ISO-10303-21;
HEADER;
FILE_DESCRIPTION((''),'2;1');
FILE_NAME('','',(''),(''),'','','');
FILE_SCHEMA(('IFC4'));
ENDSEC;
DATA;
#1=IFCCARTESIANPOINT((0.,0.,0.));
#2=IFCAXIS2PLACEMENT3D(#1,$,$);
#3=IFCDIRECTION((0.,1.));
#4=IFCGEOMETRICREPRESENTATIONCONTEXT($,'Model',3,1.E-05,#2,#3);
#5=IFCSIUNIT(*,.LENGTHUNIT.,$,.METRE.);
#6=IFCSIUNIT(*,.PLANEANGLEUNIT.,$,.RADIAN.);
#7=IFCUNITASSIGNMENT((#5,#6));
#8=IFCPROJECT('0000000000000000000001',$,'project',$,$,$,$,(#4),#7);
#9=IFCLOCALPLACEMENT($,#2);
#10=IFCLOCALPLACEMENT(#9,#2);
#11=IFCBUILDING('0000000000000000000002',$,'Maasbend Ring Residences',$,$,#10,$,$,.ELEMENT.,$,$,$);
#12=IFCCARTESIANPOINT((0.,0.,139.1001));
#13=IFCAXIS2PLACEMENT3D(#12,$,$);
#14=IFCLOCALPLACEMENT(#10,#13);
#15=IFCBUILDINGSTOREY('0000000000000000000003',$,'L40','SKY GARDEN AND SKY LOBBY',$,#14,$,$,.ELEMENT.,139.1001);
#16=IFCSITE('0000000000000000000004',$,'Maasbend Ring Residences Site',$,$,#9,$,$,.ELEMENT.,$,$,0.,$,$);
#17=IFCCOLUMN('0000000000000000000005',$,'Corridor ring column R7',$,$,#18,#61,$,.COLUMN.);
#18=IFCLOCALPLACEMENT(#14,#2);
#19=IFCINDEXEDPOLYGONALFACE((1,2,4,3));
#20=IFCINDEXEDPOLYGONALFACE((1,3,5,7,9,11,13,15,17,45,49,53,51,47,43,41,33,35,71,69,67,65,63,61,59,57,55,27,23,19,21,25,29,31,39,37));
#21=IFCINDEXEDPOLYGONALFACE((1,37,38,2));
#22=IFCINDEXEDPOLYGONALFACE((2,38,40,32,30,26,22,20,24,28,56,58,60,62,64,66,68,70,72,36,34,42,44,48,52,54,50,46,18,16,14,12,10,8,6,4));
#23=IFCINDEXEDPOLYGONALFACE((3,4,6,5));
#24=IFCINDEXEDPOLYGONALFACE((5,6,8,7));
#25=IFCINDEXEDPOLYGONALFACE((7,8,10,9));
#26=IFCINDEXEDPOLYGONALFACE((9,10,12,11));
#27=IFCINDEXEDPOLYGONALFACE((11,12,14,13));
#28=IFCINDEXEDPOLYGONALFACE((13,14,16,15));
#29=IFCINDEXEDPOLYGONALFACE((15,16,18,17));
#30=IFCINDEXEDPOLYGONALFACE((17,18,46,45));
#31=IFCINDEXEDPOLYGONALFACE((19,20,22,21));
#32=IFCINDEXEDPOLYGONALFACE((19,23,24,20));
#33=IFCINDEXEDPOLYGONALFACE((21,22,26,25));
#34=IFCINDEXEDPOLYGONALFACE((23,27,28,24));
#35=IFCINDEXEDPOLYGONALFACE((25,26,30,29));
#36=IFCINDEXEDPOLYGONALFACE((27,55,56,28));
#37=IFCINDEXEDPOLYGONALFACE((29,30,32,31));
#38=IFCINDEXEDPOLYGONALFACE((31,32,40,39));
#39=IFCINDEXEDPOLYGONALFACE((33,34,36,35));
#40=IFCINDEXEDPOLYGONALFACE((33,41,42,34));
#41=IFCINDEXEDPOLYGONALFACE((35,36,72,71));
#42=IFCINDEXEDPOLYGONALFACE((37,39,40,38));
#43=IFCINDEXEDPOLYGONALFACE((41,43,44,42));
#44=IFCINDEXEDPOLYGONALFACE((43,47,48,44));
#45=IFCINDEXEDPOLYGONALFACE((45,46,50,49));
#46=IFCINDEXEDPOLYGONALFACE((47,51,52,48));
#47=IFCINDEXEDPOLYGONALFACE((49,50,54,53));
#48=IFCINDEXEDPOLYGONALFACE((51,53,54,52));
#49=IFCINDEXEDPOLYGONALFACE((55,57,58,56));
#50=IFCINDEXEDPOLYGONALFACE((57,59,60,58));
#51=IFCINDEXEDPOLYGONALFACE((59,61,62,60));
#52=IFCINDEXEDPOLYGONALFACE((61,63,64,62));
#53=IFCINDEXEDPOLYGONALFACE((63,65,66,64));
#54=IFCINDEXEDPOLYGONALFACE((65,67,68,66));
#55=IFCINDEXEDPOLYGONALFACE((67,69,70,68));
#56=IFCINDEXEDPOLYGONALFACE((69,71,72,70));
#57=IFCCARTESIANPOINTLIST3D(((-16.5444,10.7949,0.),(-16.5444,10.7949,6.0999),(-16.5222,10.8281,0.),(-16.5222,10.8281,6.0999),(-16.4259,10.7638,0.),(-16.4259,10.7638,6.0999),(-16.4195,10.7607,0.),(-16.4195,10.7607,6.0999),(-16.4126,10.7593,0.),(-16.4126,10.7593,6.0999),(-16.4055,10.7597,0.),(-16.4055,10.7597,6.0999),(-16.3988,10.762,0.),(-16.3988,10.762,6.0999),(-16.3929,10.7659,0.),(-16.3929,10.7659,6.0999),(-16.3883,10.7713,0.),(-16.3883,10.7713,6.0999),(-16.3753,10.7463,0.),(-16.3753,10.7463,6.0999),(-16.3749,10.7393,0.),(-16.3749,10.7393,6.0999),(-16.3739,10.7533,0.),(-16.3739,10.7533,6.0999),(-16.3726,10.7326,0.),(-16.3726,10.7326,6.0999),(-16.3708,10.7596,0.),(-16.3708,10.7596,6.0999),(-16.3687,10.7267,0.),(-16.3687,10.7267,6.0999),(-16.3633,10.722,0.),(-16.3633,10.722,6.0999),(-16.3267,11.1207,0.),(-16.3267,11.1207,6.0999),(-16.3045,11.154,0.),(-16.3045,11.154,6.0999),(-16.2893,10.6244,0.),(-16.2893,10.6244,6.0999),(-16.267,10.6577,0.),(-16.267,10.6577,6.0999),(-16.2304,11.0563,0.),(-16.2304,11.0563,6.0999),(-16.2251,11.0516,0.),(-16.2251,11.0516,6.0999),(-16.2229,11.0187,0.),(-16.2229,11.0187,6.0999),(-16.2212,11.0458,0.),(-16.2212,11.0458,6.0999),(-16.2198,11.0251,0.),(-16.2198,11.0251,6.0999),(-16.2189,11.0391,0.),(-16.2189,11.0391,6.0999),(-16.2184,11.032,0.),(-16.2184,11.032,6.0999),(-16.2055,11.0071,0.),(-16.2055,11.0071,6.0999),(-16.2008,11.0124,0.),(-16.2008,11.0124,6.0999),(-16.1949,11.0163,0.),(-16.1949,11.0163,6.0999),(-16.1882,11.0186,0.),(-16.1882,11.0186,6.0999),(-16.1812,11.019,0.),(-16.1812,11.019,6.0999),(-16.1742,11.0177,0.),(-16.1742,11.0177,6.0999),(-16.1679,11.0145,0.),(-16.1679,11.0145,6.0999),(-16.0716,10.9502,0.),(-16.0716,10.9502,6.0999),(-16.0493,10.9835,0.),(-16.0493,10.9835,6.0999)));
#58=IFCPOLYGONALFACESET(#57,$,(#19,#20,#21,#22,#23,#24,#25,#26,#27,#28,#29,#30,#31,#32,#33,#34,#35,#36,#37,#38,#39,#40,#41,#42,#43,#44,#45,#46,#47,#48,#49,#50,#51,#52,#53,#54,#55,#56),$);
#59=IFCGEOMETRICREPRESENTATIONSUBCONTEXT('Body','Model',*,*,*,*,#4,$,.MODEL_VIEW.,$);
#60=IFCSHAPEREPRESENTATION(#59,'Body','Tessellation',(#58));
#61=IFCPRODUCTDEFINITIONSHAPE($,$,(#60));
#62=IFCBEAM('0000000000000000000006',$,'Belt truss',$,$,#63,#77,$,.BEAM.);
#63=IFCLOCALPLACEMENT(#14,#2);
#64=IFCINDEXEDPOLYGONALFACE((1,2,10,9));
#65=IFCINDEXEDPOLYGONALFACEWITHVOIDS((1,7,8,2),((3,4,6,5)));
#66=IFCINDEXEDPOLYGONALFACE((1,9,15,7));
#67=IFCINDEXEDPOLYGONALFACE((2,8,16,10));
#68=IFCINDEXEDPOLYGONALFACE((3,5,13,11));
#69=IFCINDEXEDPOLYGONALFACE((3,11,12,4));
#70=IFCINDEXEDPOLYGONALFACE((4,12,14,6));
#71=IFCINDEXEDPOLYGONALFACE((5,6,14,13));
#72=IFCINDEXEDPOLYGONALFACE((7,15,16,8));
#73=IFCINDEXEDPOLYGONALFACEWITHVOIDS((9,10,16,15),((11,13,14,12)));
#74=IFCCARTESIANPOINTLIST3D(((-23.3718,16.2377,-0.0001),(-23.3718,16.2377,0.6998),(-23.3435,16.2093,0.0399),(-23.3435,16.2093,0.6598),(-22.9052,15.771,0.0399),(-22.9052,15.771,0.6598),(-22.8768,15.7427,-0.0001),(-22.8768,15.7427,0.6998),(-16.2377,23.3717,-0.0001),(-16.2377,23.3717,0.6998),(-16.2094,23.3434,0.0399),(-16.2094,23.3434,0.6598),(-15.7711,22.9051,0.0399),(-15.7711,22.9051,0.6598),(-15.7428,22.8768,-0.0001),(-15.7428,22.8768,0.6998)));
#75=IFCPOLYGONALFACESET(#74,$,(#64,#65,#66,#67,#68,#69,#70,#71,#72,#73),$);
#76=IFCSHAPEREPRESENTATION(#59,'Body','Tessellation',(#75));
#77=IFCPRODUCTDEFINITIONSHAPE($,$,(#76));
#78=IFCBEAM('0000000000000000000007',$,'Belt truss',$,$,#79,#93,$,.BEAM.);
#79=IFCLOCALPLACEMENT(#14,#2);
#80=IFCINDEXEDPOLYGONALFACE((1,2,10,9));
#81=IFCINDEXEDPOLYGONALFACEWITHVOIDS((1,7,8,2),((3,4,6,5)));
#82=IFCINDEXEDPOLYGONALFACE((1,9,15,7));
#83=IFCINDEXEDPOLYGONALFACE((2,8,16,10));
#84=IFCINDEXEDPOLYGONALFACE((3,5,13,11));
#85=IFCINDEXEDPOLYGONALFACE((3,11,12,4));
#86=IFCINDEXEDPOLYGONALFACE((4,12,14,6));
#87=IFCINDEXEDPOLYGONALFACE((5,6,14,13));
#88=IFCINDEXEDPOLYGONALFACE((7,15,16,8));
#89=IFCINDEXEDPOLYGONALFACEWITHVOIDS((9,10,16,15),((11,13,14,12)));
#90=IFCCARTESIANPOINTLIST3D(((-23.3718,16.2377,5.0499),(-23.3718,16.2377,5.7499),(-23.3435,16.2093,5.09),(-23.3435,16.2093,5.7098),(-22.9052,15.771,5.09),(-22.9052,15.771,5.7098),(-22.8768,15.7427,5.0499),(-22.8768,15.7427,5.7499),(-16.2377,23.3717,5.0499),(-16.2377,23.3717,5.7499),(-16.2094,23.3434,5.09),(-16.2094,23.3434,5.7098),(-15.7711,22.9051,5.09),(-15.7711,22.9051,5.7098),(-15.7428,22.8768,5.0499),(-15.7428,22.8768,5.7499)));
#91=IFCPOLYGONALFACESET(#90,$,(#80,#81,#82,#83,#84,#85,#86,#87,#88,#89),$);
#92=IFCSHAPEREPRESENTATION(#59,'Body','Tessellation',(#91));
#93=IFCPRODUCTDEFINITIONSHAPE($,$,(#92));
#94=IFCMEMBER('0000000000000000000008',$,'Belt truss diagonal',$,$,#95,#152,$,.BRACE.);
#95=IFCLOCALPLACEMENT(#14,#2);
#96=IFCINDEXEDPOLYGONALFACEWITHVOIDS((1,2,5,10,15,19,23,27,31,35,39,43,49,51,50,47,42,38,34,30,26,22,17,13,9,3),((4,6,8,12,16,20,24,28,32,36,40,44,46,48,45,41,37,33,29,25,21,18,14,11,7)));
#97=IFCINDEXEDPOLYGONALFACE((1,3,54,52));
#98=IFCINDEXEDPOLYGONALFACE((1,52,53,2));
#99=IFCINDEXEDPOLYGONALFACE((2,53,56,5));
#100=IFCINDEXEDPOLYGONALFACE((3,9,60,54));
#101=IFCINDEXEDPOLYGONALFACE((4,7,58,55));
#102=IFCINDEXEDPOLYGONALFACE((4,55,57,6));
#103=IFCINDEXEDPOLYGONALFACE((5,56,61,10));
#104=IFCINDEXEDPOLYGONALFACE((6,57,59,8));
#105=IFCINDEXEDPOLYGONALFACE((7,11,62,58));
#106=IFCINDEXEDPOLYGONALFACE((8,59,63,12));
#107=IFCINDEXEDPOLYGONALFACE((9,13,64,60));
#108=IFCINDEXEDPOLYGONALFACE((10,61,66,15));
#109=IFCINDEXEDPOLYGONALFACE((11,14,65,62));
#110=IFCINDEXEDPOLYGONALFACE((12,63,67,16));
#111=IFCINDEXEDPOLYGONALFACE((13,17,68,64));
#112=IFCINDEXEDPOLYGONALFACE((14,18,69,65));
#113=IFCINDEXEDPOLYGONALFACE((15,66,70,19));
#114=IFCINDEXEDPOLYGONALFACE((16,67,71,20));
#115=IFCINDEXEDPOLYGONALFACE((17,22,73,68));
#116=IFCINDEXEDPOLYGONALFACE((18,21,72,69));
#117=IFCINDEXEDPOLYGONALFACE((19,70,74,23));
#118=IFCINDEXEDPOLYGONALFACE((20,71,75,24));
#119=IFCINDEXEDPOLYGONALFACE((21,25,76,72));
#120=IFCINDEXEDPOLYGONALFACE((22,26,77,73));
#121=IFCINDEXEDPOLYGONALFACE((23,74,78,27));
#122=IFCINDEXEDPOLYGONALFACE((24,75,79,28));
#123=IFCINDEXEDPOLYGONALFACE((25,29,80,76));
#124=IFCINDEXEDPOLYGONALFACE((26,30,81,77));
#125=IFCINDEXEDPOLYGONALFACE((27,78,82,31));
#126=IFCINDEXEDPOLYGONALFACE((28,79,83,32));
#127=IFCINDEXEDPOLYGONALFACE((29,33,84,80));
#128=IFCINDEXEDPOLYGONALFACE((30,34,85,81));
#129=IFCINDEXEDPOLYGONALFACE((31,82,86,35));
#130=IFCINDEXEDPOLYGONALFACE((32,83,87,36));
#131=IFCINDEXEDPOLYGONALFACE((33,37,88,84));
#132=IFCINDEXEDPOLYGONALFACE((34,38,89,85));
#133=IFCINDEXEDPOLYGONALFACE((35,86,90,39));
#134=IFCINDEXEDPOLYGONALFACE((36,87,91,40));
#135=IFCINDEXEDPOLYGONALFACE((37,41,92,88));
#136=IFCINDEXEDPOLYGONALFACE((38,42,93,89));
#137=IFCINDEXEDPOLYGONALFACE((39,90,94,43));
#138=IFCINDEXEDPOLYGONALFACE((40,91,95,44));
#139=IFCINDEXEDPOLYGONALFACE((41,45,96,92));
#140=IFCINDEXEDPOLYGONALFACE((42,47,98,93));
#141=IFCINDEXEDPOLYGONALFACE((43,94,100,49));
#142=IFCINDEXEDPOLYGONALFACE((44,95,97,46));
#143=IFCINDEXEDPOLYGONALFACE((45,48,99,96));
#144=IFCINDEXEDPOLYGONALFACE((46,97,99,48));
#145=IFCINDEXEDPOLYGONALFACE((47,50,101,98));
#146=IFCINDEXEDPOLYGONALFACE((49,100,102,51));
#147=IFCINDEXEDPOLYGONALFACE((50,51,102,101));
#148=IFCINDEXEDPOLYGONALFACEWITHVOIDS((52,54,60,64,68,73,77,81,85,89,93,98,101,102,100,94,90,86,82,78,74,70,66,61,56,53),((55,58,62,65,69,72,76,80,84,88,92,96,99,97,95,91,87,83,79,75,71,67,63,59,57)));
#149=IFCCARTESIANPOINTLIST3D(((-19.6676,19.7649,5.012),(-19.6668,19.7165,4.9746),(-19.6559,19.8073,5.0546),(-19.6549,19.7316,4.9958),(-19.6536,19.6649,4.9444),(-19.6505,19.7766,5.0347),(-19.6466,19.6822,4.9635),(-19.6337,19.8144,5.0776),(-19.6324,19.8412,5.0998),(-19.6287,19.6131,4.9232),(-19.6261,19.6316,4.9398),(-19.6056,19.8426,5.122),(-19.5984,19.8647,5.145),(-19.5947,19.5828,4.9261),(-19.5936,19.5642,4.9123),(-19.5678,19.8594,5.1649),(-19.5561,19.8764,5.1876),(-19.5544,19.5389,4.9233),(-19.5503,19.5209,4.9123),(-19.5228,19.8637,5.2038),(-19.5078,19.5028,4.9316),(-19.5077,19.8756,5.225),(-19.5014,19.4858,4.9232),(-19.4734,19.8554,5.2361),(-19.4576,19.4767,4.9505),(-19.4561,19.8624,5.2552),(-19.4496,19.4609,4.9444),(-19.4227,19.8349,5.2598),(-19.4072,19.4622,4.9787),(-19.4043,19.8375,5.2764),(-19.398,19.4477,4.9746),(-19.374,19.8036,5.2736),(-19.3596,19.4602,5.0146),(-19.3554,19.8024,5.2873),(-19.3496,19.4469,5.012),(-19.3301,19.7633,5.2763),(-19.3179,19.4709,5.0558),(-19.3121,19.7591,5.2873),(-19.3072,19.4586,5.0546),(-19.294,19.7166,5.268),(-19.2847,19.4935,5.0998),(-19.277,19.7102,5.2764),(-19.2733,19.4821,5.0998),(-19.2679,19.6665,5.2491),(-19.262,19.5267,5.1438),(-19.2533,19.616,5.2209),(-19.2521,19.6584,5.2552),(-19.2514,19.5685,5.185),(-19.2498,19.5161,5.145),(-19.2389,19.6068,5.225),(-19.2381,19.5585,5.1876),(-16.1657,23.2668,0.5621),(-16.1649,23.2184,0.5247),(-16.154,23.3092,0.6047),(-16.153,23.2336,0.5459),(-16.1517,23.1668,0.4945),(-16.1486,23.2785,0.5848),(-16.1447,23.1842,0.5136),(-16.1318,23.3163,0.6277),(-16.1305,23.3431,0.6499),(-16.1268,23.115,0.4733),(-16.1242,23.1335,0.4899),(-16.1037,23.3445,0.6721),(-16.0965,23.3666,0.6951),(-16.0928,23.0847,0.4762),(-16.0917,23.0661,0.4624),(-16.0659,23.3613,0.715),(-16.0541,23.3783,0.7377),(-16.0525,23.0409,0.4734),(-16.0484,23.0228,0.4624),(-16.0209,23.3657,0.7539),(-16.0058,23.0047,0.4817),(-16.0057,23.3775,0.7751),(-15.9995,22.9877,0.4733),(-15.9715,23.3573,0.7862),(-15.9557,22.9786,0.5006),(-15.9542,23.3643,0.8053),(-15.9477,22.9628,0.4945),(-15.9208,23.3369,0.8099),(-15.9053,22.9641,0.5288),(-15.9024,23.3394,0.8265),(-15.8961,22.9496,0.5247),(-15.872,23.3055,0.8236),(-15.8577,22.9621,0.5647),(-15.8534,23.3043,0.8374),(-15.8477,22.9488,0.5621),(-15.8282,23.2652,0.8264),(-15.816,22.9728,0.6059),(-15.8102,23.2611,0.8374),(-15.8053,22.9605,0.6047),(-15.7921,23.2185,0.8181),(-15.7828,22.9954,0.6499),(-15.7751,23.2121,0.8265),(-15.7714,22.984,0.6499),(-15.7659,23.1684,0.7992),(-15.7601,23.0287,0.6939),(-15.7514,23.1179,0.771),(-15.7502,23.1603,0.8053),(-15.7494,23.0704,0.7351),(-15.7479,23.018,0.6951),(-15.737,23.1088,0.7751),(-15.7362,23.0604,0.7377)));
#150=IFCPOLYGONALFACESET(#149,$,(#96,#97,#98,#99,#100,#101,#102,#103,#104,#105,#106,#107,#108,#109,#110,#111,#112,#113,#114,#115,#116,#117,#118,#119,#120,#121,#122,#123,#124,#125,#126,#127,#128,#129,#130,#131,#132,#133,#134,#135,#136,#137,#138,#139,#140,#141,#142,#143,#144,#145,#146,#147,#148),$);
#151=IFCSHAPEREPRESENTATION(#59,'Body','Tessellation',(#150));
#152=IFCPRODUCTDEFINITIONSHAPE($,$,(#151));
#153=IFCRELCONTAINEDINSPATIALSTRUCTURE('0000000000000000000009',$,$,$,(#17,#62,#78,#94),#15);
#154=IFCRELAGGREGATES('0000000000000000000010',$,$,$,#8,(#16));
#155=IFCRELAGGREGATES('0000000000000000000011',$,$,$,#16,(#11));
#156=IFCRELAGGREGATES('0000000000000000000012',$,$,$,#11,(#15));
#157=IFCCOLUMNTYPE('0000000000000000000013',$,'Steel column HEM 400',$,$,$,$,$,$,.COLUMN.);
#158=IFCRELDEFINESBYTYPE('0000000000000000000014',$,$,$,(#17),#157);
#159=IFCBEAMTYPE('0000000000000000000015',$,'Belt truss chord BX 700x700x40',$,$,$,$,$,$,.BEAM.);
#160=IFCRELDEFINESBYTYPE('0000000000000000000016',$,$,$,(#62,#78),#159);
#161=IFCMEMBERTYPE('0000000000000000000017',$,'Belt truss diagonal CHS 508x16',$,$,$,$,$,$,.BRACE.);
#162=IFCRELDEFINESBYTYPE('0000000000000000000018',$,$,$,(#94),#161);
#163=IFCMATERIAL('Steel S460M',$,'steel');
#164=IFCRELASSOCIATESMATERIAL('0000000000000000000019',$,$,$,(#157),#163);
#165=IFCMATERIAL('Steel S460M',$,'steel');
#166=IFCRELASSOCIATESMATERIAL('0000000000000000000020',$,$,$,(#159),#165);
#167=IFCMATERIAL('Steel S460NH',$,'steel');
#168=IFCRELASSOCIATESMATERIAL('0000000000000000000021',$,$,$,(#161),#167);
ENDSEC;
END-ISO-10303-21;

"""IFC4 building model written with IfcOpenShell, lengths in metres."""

from ifc_helpers import new_model, si_unit, direction, frame, origin, origin_2d, place, context, subcontext, project, spatial, hollow_rectangle, hollow_circle, i_section, extrude, material, material_profile, profile_set, type_object, element, save


model = new_model("IFC4")

# Units and contexts
model_context = context("Model", 3, precision=1e-05, world=origin(), true_north=direction((0.0, 1.0)))
body_context = subcontext(model_context, "Body", "Model", "MODEL_VIEW")
ifc_project = project(units=[si_unit("LENGTHUNIT", "METRE"), si_unit("PLANEANGLEUNIT", "RADIAN")], contexts=[model_context])

# Site, building, storey
site_placement = place(None, origin())
site = spatial("IfcSite", under=ifc_project, at=site_placement, Name="Maasbend Ring Residences Site", CompositionType="ELEMENT", RefElevation=0.0)
building_placement = place(site_placement, origin())
building = spatial("IfcBuilding", under=site, at=building_placement, Name="Maasbend Ring Residences", CompositionType="ELEMENT")
storey_placement = place(building_placement, frame((0.0, 0.0, 139.1001)))
storey = spatial("IfcBuildingStorey", under=building, at=storey_placement, Name="L40", Description="SKY GARDEN AND SKY LOBBY", CompositionType="ELEMENT", Elevation=139.1001)

# Column
ifc_material_1 = material(Name="Steel S460M", Category="steel")
ifc_material_profile_1 = material_profile(ifc_material_1, i_section(OverallWidth=0.3069, OverallDepth=0.4319, WebThickness=0.021, FlangeThickness=0.04, FilletRadius=0.0271, at=origin_2d()), Name="HEM 400")
ifc_profile_set_1 = profile_set([ifc_material_profile_1], Name="Steel S460M")
column_type_1 = type_object("IfcColumnType", Name="Steel column HEM 400", PredefinedType="COLUMN", material=ifc_profile_set_1)
column_placement = place(storey_placement, frame((-16.2969, 10.8892, 0.0), z_axis=(0.0, 0.0, 1.0), x_axis=(-0.83147, 0.55557, 0.0)))
element("IfcColumn", 1, at=column_placement, inside=storey, type_object=column_type_1, Name="Corridor ring column R7", PredefinedType="COLUMN", context=body_context, shape_type="SweptSolid", body=[
    extrude(i_section(OverallWidth=0.3069, OverallDepth=0.4319, WebThickness=0.021, FlangeThickness=0.04, FilletRadius=0.0271, at=origin_2d()), origin(), (0.0, 0.0, 1.0), 6.0999),
])

# Beams
ifc_material_2 = material(Name="Steel S460M", Category="steel")
ifc_material_profile_2 = material_profile(ifc_material_2, hollow_rectangle(XDim=0.7, YDim=0.7, WallThickness=0.04, at=origin_2d()), Name="Belt truss chord BX 700x700x40")
ifc_profile_set_2 = profile_set([ifc_material_profile_2], Name="Steel S460M")
beam_type_1 = type_object("IfcBeamType", Name="Belt truss chord BX 700x700x40", PredefinedType="BEAM", material=ifc_profile_set_2)
for number, where, z_axis, x_axis, name in (
    (2, (-15.9902, 23.1243, 0.3499), (-0.707107, -0.707107, 0.0), (0.707107, -0.707107, 0.0), "Belt truss"),
    (3, (-15.9902, 23.1243, 5.3999), (-0.707107, -0.707107, 0.0), (0.707107, -0.707107, 0.0), "Belt truss"),
):
    element("IfcBeam", number, at=place(storey_placement, frame(where, z_axis=z_axis, x_axis=x_axis)), inside=storey, type_object=beam_type_1, Name=name, PredefinedType="BEAM", context=body_context, shape_type="SweptSolid", body=[
        extrude(hollow_rectangle(XDim=0.7, YDim=0.7, WallThickness=0.04, at=origin_2d()), origin(), (0.0, 0.0, 1.0), 10.0891),
    ])

# Member
ifc_material_3 = material(Name="Steel S460NH", Category="steel")
ifc_material_profile_3 = material_profile(ifc_material_3, hollow_circle(Radius=0.2539, WallThickness=0.0161, at=origin_2d()), Name="Belt truss diagonal CHS 508x16")
ifc_profile_set_3 = profile_set([ifc_material_profile_3], Name="Steel S460NH")
member_type_1 = type_object("IfcMemberType", Name="Belt truss diagonal CHS 508x16", PredefinedType="BRACE", material=ifc_profile_set_3)
for number, where, z_axis, x_axis, name in (
    (4, (-15.9509, 23.1636, 0.6499), (-0.525974, -0.525974, 0.668358), (0.707107, -0.707107, 0.0), "Belt truss diagonal"),
):
    element("IfcMember", number, at=place(storey_placement, frame(where, z_axis=z_axis, x_axis=x_axis)), inside=storey, type_object=member_type_1, Name=name, PredefinedType="BRACE", context=body_context, shape_type="SweptSolid", body=[
        extrude(hollow_circle(Radius=0.2539, WallThickness=0.0161, at=origin_2d()), origin(), (0.0, 0.0, 1.0), 6.658),
    ])

save(model, "model.ifc")
